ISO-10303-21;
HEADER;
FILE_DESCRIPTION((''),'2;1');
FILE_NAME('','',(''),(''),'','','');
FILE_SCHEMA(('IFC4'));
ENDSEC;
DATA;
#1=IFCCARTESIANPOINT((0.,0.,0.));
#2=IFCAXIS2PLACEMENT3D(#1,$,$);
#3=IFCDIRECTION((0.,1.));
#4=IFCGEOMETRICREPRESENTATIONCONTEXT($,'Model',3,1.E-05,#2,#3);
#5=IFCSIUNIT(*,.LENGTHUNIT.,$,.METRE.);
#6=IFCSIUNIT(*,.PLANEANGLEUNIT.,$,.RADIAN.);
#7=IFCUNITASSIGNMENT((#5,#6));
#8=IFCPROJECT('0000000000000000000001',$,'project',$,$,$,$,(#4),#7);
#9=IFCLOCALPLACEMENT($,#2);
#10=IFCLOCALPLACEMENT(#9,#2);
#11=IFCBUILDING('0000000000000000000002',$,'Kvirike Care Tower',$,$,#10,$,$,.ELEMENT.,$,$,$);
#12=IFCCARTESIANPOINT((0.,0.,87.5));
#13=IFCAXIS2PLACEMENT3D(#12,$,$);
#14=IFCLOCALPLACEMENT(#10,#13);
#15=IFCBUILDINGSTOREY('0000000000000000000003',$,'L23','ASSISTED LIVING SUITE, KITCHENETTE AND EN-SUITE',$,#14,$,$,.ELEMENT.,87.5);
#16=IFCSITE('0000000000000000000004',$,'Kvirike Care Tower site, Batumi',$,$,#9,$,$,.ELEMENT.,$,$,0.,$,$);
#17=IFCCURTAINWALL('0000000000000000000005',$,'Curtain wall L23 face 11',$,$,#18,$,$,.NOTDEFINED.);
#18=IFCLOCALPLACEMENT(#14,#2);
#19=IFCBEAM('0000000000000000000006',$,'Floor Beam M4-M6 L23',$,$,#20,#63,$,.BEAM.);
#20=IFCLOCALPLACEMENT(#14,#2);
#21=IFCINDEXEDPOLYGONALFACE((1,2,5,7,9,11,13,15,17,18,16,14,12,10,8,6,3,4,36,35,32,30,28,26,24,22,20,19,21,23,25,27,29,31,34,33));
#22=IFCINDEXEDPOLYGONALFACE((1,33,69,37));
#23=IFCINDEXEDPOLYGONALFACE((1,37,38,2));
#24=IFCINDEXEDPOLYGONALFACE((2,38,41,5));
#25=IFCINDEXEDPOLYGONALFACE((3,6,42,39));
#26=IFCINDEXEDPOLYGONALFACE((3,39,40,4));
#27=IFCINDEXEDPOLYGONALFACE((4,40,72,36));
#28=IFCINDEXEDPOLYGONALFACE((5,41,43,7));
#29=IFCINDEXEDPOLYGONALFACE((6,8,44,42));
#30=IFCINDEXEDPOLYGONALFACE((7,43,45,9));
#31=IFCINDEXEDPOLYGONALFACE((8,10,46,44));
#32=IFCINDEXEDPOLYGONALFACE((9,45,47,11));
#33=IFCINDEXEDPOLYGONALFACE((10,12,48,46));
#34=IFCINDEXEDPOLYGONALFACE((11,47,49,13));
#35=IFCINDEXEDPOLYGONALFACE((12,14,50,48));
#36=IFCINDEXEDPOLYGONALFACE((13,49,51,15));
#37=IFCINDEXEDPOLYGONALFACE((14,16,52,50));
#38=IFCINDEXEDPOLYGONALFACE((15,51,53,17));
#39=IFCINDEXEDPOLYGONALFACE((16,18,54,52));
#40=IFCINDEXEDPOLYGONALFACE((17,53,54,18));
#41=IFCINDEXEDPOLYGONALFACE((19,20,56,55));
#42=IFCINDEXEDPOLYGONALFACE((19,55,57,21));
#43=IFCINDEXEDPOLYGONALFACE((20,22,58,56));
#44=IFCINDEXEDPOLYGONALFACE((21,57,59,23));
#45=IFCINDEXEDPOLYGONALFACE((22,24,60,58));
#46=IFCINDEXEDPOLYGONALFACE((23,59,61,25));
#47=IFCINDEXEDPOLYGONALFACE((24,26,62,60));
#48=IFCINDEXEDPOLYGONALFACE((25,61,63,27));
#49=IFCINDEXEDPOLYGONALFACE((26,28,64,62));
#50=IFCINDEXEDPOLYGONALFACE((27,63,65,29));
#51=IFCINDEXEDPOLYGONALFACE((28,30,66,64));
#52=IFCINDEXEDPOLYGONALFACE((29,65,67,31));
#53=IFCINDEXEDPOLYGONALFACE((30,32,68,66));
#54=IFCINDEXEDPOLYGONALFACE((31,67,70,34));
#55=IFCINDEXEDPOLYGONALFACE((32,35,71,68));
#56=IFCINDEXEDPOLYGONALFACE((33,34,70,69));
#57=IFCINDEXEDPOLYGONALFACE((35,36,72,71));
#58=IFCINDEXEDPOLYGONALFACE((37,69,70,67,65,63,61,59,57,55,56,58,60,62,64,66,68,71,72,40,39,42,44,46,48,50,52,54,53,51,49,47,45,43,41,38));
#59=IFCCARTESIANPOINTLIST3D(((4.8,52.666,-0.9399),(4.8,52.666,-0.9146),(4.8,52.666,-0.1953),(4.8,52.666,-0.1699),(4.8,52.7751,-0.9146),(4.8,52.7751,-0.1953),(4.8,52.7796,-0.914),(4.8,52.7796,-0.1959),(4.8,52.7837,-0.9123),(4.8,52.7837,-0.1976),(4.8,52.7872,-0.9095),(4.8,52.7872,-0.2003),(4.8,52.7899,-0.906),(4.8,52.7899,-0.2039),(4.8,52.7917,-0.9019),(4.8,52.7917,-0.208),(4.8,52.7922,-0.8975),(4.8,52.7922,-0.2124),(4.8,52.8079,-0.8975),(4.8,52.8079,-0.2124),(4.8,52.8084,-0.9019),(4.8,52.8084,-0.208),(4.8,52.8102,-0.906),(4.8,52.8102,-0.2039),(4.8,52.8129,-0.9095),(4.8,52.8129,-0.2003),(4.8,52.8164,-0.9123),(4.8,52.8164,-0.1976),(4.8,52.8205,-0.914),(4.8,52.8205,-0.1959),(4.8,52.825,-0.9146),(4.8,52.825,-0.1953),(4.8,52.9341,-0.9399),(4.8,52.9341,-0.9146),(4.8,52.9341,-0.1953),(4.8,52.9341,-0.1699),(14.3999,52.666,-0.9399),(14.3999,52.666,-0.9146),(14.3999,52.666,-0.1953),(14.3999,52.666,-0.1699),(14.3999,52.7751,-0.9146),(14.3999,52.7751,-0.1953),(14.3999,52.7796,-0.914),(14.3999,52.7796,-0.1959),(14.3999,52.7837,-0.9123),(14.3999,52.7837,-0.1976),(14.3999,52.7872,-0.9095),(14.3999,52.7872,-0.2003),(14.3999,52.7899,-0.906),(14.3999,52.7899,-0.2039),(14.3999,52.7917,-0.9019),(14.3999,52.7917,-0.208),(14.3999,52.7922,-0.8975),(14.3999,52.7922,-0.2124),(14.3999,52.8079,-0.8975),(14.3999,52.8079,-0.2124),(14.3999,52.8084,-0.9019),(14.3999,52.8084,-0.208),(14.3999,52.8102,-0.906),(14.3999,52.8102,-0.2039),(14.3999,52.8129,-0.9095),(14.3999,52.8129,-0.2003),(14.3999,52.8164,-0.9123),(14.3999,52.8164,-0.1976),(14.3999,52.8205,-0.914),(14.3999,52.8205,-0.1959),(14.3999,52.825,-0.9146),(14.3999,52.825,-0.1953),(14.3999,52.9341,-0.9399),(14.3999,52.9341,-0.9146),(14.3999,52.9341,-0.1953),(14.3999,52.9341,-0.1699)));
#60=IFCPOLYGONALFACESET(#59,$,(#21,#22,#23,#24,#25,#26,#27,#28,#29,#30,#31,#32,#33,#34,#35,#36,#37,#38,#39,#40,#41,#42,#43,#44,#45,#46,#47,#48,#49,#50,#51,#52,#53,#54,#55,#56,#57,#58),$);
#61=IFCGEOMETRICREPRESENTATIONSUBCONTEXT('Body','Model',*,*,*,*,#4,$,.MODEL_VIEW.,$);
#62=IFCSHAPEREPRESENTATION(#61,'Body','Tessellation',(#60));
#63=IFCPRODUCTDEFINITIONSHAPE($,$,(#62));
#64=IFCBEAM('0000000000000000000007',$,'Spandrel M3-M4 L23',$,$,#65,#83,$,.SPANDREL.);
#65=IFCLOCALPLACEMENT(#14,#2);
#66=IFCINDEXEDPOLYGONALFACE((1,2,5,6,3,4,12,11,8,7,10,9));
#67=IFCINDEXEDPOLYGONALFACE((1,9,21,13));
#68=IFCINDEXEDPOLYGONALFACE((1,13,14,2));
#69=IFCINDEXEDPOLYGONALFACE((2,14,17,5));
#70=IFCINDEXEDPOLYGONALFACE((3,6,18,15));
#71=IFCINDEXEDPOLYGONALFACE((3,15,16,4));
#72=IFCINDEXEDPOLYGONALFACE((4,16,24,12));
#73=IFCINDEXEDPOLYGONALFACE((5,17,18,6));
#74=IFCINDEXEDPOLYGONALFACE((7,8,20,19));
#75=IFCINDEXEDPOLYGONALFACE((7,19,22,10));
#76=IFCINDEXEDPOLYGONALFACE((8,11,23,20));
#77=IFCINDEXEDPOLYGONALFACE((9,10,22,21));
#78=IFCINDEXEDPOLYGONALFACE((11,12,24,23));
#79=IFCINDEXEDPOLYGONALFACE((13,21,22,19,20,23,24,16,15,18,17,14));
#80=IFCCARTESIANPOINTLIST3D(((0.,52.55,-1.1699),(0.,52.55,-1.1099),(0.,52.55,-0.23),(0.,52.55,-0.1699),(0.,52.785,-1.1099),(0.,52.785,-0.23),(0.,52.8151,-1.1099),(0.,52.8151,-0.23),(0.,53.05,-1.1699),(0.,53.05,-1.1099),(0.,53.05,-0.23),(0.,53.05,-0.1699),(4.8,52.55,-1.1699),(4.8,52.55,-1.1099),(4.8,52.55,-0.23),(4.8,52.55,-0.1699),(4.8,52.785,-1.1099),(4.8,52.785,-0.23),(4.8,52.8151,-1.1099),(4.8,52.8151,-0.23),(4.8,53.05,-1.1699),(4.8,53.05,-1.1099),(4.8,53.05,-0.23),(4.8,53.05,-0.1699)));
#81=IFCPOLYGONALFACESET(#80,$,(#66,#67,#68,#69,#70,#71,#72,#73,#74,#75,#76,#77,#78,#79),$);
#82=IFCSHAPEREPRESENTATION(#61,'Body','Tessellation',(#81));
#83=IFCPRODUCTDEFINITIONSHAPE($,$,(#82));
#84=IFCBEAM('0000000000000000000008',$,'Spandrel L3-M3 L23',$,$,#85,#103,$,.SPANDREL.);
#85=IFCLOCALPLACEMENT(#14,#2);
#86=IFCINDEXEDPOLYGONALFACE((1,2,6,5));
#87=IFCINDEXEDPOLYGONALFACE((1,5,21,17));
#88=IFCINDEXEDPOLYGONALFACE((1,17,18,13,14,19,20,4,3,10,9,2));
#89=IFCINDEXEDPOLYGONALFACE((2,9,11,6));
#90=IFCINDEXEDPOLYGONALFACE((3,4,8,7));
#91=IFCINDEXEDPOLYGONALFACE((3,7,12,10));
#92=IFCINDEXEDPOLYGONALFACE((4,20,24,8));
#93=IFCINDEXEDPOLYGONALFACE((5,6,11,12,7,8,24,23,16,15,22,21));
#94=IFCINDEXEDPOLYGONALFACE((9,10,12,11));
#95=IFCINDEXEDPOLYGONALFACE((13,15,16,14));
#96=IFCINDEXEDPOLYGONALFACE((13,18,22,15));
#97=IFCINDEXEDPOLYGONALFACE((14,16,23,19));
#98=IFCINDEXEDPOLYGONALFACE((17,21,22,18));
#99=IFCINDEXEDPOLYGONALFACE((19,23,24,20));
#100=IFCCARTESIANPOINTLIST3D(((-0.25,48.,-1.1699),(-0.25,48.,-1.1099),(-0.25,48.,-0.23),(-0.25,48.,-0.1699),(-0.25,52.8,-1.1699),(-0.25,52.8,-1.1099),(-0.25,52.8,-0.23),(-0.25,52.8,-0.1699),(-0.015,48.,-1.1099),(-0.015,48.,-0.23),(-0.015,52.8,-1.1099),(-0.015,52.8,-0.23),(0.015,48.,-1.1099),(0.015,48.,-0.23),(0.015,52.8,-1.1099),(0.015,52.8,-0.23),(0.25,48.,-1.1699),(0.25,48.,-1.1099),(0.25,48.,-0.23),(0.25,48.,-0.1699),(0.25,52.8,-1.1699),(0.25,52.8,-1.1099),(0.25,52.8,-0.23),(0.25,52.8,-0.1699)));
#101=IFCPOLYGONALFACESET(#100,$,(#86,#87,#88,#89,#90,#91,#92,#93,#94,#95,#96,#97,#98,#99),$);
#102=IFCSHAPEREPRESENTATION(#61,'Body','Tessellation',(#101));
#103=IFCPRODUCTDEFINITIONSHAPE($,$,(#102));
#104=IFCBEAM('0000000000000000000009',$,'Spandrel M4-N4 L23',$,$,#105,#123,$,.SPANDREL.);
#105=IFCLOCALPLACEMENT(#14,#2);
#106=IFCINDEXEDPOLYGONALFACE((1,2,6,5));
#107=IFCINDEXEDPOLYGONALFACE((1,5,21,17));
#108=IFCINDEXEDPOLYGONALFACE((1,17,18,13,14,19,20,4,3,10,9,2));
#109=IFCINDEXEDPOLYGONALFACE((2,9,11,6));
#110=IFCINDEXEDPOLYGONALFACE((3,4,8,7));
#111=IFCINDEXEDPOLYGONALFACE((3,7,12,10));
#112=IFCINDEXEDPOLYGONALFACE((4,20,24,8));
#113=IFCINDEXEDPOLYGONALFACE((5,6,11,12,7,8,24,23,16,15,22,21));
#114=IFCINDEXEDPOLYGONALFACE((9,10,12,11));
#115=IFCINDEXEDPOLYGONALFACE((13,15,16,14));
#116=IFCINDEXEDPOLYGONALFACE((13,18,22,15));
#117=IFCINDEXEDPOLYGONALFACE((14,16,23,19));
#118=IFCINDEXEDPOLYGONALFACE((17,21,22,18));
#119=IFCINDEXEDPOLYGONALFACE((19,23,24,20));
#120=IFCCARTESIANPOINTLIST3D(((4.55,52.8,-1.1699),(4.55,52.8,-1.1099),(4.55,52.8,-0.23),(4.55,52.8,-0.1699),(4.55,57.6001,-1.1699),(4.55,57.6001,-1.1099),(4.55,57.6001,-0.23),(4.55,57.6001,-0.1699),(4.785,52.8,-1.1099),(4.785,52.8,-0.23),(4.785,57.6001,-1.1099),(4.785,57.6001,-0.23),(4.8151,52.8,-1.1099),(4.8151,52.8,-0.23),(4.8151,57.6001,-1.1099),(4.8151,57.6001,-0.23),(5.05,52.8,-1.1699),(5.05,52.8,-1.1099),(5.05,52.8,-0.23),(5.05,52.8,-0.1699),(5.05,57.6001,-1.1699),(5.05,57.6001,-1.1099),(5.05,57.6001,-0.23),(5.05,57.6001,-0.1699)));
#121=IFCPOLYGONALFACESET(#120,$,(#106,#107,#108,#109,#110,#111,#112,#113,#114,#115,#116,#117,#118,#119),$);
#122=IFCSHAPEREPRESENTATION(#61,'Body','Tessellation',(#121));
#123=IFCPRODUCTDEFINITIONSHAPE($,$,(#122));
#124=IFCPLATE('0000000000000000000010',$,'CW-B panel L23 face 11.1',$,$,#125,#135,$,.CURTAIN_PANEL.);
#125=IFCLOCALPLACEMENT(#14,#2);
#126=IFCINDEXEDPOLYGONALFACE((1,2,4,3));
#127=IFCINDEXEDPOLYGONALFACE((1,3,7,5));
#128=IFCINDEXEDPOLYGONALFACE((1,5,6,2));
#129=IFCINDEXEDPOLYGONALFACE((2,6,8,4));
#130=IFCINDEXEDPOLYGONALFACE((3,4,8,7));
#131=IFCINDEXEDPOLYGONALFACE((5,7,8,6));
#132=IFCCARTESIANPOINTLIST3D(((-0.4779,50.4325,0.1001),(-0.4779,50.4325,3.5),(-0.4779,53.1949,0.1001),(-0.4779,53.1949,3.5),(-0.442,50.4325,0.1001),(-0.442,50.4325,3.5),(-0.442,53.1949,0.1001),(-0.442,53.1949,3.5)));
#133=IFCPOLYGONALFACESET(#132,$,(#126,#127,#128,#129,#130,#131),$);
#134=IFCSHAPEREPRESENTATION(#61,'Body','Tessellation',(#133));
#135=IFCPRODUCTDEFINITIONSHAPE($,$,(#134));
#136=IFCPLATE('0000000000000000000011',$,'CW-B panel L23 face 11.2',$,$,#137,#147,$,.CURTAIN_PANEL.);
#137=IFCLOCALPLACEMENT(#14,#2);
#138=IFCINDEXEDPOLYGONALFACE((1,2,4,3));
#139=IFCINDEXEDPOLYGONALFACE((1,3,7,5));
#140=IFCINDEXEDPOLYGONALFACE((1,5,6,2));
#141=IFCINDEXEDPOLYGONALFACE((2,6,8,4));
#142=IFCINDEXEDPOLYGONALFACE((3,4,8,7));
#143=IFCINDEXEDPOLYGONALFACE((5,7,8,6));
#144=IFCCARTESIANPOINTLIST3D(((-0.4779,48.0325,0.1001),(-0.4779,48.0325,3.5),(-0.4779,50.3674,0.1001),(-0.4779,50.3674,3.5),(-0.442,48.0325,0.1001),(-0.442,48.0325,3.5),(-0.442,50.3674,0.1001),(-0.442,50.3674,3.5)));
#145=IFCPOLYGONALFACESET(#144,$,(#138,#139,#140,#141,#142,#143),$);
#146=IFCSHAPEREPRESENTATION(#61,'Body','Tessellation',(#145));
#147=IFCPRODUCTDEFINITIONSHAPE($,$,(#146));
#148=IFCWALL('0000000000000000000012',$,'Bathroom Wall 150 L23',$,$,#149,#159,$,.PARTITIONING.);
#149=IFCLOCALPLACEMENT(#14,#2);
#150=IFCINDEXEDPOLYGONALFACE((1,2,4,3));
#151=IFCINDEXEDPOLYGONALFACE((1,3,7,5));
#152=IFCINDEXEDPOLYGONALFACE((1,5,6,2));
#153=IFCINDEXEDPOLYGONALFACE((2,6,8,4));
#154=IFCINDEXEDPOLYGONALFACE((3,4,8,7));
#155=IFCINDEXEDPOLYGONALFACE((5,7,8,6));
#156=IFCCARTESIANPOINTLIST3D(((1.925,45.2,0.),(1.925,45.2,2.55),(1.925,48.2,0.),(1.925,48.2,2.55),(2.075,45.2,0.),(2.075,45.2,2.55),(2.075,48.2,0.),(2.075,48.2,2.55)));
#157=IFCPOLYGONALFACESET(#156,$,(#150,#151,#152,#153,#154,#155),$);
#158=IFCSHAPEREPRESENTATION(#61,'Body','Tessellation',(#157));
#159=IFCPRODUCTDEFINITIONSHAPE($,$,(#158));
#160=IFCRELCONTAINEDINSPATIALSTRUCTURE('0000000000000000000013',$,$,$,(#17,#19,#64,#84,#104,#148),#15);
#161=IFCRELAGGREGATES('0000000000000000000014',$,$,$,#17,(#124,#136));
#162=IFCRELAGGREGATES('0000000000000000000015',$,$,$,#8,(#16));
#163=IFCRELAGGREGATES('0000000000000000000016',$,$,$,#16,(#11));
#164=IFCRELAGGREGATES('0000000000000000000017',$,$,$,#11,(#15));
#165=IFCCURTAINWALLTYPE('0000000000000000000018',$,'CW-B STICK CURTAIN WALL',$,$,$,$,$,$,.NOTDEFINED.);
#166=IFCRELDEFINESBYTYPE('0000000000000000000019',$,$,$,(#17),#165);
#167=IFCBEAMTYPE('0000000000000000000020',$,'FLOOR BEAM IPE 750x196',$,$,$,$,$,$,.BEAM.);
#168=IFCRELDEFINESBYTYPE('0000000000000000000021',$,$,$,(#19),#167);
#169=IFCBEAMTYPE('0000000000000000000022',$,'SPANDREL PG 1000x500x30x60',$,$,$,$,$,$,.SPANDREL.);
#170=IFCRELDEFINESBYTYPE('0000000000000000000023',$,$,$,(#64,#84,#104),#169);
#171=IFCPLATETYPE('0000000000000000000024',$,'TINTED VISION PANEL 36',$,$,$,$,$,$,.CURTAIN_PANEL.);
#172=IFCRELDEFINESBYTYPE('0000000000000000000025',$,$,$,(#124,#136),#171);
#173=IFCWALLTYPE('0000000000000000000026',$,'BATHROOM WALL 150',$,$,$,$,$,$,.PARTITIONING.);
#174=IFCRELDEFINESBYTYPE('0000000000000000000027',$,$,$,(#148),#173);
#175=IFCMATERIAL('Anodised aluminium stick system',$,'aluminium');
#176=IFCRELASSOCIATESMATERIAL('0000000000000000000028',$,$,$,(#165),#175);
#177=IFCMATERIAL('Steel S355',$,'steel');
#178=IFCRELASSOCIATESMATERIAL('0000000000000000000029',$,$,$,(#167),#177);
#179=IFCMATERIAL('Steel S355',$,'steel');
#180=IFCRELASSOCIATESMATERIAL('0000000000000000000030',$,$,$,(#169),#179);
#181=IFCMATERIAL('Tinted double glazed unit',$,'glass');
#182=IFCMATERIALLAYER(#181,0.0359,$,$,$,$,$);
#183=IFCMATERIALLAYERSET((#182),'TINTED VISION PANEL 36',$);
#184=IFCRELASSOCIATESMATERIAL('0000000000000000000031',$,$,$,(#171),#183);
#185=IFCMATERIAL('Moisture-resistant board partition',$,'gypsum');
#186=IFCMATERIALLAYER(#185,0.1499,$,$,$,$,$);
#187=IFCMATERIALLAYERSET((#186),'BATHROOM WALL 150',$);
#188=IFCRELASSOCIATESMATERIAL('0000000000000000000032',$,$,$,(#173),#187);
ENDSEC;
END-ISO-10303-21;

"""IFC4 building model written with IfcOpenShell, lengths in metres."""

from ifc_helpers import new_model, si_unit, direction, frame, frame_2d, origin, origin_2d, place, context, subcontext, project, spatial, rectangle, i_section, extrude, material, layer, layer_set, material_profile, profile_set, type_object, element, aggregate, save


model = new_model("IFC4")

# Units and contexts
model_context = context("Model", 3, precision=1e-05, world=origin(), true_north=direction((0.0, 1.0)))
body_context = subcontext(model_context, "Body", "Model", "MODEL_VIEW")
ifc_project = project(units=[si_unit("LENGTHUNIT", "METRE"), si_unit("PLANEANGLEUNIT", "RADIAN")], contexts=[model_context])

# Site, building, storey
site_placement = place(None, origin())
site = spatial("IfcSite", under=ifc_project, at=site_placement, Name="Kvirike Care Tower site, Batumi", CompositionType="ELEMENT", RefElevation=0.0)
building_placement = place(site_placement, origin())
building = spatial("IfcBuilding", under=site, at=building_placement, Name="Kvirike Care Tower", CompositionType="ELEMENT")
storey_placement = place(building_placement, frame((0.0, 0.0, 87.5)))
storey = spatial("IfcBuildingStorey", under=building, at=storey_placement, Name="L23", Description="ASSISTED LIVING SUITE, KITCHENETTE AND EN-SUITE", CompositionType="ELEMENT", Elevation=87.5)

# Curtain wall
ifc_material_1 = material(Name="Anodised aluminium stick system", Category="aluminium")
curtain_wall_type = type_object("IfcCurtainWallType", Name="CW-B STICK CURTAIN WALL", PredefinedType="NOTDEFINED", material=ifc_material_1)
curtain_wall_placement = place(storey_placement, origin())
curtain_wall = element("IfcCurtainWall", 1, at=curtain_wall_placement, inside=storey, type_object=curtain_wall_type, Name="Curtain wall L23 face 11", PredefinedType="NOTDEFINED")

# Beams
ifc_material_2 = material(Name="Steel S355", Category="steel")
ifc_material_profile_1 = material_profile(ifc_material_2, i_section(OverallWidth=0.2681, OverallDepth=0.77, WebThickness=0.0156, FlangeThickness=0.0254, FilletRadius=0.0171, at=origin_2d()), Name="IPE 750x196")
ifc_profile_set_1 = profile_set([ifc_material_profile_1], Name="Steel S355")
beam_type_1 = type_object("IfcBeamType", Name="FLOOR BEAM IPE 750x196", PredefinedType="BEAM", material=ifc_profile_set_1)
beam_1_placement = place(storey_placement, frame((4.8, 52.8, -0.5549), z_axis=(1.0, 0.0, 0.0), x_axis=(0.0, 1.0, 0.0)))
element("IfcBeam", 2, at=beam_1_placement, inside=storey, type_object=beam_type_1, Name="Floor Beam M4-M6 L23", PredefinedType="BEAM", context=body_context, shape_type="SweptSolid", body=[
    extrude(i_section(OverallWidth=0.2681, OverallDepth=0.77, WebThickness=0.0156, FlangeThickness=0.0254, FilletRadius=0.0171, at=origin_2d()), origin(), (0.0, 0.0, 1.0), 9.5999),
])
ifc_material_3 = material(Name="Steel S355", Category="steel")
ifc_material_profile_2 = material_profile(ifc_material_3, i_section(OverallWidth=0.5, OverallDepth=1.0, WebThickness=0.03, FlangeThickness=0.0601, at=origin_2d()), Name="PG 1000x500x30x60")
ifc_profile_set_2 = profile_set([ifc_material_profile_2], Name="Steel S355")
beam_type_2 = type_object("IfcBeamType", Name="SPANDREL PG 1000x500x30x60", PredefinedType="SPANDREL", material=ifc_profile_set_2)
for number, where, z_axis, x_axis, name in (
    (3, (0.0, 52.8, -0.6699), (1.0, 0.0, 0.0), (0.0, 1.0, 0.0), "Spandrel M3-M4 L23"),
    (4, (0.0, 48.0, -0.6699), (0.0, 1.0, 0.0), (-1.0, 0.0, 0.0), "Spandrel L3-M3 L23"),
    (5, (4.8, 52.8, -0.6699), (0.0, 1.0, 0.0), (-1.0, 0.0, 0.0), "Spandrel M4-N4 L23"),
):
    element("IfcBeam", number, at=place(storey_placement, frame(where, z_axis=z_axis, x_axis=x_axis)), inside=storey, type_object=beam_type_2, Name=name, PredefinedType="SPANDREL", context=body_context, shape_type="SweptSolid", body=[
        extrude(i_section(OverallWidth=0.5, OverallDepth=1.0, WebThickness=0.03, FlangeThickness=0.0601, at=origin_2d()), origin(), (0.0, 0.0, 1.0), 4.8),
    ])

# Plates
ifc_material_4 = material(Name="Tinted double glazed unit", Category="glass")
ifc_layer_1 = layer(ifc_material_4, 0.0359)
ifc_layer_set_1 = layer_set([ifc_layer_1], Name="TINTED VISION PANEL 36")
plate_type = type_object("IfcPlateType", Name="TINTED VISION PANEL 36", PredefinedType="CURTAIN_PANEL", material=ifc_layer_set_1)
plate_1_placement = place(storey_placement, frame((-0.46, 51.8137, 0.1001), z_axis=(0.0, 0.0, 1.0), x_axis=(0.0, -1.0, 0.0)))
plate_1 = element("IfcPlate", 6, at=plate_1_placement, type_object=plate_type, Name="CW-B panel L23 face 11.1", PredefinedType="CURTAIN_PANEL", context=body_context, shape_type="SweptSolid", body=[
    extrude(rectangle(XDim=2.7625, YDim=0.0359, at=origin_2d()), origin(), (0.0, 0.0, 1.0), 3.3999),
])
plate_2_placement = place(storey_placement, frame((-0.46, 49.2, 0.1001), z_axis=(0.0, 0.0, 1.0), x_axis=(0.0, -1.0, 0.0)))
plate_2 = element("IfcPlate", 7, at=plate_2_placement, type_object=plate_type, Name="CW-B panel L23 face 11.2", PredefinedType="CURTAIN_PANEL", context=body_context, shape_type="SweptSolid", body=[
    extrude(rectangle(XDim=2.335, YDim=0.0359, at=origin_2d()), origin(), (0.0, 0.0, 1.0), 3.3999),
])
aggregate(curtain_wall, [plate_1, plate_2])

# Wall
ifc_material_5 = material(Name="Moisture-resistant board partition", Category="gypsum")
ifc_layer_2 = layer(ifc_material_5, 0.1499)
ifc_layer_set_2 = layer_set([ifc_layer_2], Name="BATHROOM WALL 150")
wall_type_1 = type_object("IfcWallType", Name="BATHROOM WALL 150", PredefinedType="PARTITIONING", material=ifc_layer_set_2)
wall_1_placement = place(storey_placement, frame((2.0, 48.2, 0.0), z_axis=(0.0, 0.0, 1.0), x_axis=(0.0, -1.0, 0.0)))
element("IfcWall", 8, at=wall_1_placement, inside=storey, type_object=wall_type_1, Name="Bathroom Wall 150 L23", PredefinedType="PARTITIONING", context=body_context, shape_type="SweptSolid", body=[
    extrude(rectangle(XDim=3.0, YDim=0.1499, at=frame_2d((1.5, 0.0))), origin(), (0.0, 0.0, 1.0), 2.55),
])

save(model, "model.ifc")
